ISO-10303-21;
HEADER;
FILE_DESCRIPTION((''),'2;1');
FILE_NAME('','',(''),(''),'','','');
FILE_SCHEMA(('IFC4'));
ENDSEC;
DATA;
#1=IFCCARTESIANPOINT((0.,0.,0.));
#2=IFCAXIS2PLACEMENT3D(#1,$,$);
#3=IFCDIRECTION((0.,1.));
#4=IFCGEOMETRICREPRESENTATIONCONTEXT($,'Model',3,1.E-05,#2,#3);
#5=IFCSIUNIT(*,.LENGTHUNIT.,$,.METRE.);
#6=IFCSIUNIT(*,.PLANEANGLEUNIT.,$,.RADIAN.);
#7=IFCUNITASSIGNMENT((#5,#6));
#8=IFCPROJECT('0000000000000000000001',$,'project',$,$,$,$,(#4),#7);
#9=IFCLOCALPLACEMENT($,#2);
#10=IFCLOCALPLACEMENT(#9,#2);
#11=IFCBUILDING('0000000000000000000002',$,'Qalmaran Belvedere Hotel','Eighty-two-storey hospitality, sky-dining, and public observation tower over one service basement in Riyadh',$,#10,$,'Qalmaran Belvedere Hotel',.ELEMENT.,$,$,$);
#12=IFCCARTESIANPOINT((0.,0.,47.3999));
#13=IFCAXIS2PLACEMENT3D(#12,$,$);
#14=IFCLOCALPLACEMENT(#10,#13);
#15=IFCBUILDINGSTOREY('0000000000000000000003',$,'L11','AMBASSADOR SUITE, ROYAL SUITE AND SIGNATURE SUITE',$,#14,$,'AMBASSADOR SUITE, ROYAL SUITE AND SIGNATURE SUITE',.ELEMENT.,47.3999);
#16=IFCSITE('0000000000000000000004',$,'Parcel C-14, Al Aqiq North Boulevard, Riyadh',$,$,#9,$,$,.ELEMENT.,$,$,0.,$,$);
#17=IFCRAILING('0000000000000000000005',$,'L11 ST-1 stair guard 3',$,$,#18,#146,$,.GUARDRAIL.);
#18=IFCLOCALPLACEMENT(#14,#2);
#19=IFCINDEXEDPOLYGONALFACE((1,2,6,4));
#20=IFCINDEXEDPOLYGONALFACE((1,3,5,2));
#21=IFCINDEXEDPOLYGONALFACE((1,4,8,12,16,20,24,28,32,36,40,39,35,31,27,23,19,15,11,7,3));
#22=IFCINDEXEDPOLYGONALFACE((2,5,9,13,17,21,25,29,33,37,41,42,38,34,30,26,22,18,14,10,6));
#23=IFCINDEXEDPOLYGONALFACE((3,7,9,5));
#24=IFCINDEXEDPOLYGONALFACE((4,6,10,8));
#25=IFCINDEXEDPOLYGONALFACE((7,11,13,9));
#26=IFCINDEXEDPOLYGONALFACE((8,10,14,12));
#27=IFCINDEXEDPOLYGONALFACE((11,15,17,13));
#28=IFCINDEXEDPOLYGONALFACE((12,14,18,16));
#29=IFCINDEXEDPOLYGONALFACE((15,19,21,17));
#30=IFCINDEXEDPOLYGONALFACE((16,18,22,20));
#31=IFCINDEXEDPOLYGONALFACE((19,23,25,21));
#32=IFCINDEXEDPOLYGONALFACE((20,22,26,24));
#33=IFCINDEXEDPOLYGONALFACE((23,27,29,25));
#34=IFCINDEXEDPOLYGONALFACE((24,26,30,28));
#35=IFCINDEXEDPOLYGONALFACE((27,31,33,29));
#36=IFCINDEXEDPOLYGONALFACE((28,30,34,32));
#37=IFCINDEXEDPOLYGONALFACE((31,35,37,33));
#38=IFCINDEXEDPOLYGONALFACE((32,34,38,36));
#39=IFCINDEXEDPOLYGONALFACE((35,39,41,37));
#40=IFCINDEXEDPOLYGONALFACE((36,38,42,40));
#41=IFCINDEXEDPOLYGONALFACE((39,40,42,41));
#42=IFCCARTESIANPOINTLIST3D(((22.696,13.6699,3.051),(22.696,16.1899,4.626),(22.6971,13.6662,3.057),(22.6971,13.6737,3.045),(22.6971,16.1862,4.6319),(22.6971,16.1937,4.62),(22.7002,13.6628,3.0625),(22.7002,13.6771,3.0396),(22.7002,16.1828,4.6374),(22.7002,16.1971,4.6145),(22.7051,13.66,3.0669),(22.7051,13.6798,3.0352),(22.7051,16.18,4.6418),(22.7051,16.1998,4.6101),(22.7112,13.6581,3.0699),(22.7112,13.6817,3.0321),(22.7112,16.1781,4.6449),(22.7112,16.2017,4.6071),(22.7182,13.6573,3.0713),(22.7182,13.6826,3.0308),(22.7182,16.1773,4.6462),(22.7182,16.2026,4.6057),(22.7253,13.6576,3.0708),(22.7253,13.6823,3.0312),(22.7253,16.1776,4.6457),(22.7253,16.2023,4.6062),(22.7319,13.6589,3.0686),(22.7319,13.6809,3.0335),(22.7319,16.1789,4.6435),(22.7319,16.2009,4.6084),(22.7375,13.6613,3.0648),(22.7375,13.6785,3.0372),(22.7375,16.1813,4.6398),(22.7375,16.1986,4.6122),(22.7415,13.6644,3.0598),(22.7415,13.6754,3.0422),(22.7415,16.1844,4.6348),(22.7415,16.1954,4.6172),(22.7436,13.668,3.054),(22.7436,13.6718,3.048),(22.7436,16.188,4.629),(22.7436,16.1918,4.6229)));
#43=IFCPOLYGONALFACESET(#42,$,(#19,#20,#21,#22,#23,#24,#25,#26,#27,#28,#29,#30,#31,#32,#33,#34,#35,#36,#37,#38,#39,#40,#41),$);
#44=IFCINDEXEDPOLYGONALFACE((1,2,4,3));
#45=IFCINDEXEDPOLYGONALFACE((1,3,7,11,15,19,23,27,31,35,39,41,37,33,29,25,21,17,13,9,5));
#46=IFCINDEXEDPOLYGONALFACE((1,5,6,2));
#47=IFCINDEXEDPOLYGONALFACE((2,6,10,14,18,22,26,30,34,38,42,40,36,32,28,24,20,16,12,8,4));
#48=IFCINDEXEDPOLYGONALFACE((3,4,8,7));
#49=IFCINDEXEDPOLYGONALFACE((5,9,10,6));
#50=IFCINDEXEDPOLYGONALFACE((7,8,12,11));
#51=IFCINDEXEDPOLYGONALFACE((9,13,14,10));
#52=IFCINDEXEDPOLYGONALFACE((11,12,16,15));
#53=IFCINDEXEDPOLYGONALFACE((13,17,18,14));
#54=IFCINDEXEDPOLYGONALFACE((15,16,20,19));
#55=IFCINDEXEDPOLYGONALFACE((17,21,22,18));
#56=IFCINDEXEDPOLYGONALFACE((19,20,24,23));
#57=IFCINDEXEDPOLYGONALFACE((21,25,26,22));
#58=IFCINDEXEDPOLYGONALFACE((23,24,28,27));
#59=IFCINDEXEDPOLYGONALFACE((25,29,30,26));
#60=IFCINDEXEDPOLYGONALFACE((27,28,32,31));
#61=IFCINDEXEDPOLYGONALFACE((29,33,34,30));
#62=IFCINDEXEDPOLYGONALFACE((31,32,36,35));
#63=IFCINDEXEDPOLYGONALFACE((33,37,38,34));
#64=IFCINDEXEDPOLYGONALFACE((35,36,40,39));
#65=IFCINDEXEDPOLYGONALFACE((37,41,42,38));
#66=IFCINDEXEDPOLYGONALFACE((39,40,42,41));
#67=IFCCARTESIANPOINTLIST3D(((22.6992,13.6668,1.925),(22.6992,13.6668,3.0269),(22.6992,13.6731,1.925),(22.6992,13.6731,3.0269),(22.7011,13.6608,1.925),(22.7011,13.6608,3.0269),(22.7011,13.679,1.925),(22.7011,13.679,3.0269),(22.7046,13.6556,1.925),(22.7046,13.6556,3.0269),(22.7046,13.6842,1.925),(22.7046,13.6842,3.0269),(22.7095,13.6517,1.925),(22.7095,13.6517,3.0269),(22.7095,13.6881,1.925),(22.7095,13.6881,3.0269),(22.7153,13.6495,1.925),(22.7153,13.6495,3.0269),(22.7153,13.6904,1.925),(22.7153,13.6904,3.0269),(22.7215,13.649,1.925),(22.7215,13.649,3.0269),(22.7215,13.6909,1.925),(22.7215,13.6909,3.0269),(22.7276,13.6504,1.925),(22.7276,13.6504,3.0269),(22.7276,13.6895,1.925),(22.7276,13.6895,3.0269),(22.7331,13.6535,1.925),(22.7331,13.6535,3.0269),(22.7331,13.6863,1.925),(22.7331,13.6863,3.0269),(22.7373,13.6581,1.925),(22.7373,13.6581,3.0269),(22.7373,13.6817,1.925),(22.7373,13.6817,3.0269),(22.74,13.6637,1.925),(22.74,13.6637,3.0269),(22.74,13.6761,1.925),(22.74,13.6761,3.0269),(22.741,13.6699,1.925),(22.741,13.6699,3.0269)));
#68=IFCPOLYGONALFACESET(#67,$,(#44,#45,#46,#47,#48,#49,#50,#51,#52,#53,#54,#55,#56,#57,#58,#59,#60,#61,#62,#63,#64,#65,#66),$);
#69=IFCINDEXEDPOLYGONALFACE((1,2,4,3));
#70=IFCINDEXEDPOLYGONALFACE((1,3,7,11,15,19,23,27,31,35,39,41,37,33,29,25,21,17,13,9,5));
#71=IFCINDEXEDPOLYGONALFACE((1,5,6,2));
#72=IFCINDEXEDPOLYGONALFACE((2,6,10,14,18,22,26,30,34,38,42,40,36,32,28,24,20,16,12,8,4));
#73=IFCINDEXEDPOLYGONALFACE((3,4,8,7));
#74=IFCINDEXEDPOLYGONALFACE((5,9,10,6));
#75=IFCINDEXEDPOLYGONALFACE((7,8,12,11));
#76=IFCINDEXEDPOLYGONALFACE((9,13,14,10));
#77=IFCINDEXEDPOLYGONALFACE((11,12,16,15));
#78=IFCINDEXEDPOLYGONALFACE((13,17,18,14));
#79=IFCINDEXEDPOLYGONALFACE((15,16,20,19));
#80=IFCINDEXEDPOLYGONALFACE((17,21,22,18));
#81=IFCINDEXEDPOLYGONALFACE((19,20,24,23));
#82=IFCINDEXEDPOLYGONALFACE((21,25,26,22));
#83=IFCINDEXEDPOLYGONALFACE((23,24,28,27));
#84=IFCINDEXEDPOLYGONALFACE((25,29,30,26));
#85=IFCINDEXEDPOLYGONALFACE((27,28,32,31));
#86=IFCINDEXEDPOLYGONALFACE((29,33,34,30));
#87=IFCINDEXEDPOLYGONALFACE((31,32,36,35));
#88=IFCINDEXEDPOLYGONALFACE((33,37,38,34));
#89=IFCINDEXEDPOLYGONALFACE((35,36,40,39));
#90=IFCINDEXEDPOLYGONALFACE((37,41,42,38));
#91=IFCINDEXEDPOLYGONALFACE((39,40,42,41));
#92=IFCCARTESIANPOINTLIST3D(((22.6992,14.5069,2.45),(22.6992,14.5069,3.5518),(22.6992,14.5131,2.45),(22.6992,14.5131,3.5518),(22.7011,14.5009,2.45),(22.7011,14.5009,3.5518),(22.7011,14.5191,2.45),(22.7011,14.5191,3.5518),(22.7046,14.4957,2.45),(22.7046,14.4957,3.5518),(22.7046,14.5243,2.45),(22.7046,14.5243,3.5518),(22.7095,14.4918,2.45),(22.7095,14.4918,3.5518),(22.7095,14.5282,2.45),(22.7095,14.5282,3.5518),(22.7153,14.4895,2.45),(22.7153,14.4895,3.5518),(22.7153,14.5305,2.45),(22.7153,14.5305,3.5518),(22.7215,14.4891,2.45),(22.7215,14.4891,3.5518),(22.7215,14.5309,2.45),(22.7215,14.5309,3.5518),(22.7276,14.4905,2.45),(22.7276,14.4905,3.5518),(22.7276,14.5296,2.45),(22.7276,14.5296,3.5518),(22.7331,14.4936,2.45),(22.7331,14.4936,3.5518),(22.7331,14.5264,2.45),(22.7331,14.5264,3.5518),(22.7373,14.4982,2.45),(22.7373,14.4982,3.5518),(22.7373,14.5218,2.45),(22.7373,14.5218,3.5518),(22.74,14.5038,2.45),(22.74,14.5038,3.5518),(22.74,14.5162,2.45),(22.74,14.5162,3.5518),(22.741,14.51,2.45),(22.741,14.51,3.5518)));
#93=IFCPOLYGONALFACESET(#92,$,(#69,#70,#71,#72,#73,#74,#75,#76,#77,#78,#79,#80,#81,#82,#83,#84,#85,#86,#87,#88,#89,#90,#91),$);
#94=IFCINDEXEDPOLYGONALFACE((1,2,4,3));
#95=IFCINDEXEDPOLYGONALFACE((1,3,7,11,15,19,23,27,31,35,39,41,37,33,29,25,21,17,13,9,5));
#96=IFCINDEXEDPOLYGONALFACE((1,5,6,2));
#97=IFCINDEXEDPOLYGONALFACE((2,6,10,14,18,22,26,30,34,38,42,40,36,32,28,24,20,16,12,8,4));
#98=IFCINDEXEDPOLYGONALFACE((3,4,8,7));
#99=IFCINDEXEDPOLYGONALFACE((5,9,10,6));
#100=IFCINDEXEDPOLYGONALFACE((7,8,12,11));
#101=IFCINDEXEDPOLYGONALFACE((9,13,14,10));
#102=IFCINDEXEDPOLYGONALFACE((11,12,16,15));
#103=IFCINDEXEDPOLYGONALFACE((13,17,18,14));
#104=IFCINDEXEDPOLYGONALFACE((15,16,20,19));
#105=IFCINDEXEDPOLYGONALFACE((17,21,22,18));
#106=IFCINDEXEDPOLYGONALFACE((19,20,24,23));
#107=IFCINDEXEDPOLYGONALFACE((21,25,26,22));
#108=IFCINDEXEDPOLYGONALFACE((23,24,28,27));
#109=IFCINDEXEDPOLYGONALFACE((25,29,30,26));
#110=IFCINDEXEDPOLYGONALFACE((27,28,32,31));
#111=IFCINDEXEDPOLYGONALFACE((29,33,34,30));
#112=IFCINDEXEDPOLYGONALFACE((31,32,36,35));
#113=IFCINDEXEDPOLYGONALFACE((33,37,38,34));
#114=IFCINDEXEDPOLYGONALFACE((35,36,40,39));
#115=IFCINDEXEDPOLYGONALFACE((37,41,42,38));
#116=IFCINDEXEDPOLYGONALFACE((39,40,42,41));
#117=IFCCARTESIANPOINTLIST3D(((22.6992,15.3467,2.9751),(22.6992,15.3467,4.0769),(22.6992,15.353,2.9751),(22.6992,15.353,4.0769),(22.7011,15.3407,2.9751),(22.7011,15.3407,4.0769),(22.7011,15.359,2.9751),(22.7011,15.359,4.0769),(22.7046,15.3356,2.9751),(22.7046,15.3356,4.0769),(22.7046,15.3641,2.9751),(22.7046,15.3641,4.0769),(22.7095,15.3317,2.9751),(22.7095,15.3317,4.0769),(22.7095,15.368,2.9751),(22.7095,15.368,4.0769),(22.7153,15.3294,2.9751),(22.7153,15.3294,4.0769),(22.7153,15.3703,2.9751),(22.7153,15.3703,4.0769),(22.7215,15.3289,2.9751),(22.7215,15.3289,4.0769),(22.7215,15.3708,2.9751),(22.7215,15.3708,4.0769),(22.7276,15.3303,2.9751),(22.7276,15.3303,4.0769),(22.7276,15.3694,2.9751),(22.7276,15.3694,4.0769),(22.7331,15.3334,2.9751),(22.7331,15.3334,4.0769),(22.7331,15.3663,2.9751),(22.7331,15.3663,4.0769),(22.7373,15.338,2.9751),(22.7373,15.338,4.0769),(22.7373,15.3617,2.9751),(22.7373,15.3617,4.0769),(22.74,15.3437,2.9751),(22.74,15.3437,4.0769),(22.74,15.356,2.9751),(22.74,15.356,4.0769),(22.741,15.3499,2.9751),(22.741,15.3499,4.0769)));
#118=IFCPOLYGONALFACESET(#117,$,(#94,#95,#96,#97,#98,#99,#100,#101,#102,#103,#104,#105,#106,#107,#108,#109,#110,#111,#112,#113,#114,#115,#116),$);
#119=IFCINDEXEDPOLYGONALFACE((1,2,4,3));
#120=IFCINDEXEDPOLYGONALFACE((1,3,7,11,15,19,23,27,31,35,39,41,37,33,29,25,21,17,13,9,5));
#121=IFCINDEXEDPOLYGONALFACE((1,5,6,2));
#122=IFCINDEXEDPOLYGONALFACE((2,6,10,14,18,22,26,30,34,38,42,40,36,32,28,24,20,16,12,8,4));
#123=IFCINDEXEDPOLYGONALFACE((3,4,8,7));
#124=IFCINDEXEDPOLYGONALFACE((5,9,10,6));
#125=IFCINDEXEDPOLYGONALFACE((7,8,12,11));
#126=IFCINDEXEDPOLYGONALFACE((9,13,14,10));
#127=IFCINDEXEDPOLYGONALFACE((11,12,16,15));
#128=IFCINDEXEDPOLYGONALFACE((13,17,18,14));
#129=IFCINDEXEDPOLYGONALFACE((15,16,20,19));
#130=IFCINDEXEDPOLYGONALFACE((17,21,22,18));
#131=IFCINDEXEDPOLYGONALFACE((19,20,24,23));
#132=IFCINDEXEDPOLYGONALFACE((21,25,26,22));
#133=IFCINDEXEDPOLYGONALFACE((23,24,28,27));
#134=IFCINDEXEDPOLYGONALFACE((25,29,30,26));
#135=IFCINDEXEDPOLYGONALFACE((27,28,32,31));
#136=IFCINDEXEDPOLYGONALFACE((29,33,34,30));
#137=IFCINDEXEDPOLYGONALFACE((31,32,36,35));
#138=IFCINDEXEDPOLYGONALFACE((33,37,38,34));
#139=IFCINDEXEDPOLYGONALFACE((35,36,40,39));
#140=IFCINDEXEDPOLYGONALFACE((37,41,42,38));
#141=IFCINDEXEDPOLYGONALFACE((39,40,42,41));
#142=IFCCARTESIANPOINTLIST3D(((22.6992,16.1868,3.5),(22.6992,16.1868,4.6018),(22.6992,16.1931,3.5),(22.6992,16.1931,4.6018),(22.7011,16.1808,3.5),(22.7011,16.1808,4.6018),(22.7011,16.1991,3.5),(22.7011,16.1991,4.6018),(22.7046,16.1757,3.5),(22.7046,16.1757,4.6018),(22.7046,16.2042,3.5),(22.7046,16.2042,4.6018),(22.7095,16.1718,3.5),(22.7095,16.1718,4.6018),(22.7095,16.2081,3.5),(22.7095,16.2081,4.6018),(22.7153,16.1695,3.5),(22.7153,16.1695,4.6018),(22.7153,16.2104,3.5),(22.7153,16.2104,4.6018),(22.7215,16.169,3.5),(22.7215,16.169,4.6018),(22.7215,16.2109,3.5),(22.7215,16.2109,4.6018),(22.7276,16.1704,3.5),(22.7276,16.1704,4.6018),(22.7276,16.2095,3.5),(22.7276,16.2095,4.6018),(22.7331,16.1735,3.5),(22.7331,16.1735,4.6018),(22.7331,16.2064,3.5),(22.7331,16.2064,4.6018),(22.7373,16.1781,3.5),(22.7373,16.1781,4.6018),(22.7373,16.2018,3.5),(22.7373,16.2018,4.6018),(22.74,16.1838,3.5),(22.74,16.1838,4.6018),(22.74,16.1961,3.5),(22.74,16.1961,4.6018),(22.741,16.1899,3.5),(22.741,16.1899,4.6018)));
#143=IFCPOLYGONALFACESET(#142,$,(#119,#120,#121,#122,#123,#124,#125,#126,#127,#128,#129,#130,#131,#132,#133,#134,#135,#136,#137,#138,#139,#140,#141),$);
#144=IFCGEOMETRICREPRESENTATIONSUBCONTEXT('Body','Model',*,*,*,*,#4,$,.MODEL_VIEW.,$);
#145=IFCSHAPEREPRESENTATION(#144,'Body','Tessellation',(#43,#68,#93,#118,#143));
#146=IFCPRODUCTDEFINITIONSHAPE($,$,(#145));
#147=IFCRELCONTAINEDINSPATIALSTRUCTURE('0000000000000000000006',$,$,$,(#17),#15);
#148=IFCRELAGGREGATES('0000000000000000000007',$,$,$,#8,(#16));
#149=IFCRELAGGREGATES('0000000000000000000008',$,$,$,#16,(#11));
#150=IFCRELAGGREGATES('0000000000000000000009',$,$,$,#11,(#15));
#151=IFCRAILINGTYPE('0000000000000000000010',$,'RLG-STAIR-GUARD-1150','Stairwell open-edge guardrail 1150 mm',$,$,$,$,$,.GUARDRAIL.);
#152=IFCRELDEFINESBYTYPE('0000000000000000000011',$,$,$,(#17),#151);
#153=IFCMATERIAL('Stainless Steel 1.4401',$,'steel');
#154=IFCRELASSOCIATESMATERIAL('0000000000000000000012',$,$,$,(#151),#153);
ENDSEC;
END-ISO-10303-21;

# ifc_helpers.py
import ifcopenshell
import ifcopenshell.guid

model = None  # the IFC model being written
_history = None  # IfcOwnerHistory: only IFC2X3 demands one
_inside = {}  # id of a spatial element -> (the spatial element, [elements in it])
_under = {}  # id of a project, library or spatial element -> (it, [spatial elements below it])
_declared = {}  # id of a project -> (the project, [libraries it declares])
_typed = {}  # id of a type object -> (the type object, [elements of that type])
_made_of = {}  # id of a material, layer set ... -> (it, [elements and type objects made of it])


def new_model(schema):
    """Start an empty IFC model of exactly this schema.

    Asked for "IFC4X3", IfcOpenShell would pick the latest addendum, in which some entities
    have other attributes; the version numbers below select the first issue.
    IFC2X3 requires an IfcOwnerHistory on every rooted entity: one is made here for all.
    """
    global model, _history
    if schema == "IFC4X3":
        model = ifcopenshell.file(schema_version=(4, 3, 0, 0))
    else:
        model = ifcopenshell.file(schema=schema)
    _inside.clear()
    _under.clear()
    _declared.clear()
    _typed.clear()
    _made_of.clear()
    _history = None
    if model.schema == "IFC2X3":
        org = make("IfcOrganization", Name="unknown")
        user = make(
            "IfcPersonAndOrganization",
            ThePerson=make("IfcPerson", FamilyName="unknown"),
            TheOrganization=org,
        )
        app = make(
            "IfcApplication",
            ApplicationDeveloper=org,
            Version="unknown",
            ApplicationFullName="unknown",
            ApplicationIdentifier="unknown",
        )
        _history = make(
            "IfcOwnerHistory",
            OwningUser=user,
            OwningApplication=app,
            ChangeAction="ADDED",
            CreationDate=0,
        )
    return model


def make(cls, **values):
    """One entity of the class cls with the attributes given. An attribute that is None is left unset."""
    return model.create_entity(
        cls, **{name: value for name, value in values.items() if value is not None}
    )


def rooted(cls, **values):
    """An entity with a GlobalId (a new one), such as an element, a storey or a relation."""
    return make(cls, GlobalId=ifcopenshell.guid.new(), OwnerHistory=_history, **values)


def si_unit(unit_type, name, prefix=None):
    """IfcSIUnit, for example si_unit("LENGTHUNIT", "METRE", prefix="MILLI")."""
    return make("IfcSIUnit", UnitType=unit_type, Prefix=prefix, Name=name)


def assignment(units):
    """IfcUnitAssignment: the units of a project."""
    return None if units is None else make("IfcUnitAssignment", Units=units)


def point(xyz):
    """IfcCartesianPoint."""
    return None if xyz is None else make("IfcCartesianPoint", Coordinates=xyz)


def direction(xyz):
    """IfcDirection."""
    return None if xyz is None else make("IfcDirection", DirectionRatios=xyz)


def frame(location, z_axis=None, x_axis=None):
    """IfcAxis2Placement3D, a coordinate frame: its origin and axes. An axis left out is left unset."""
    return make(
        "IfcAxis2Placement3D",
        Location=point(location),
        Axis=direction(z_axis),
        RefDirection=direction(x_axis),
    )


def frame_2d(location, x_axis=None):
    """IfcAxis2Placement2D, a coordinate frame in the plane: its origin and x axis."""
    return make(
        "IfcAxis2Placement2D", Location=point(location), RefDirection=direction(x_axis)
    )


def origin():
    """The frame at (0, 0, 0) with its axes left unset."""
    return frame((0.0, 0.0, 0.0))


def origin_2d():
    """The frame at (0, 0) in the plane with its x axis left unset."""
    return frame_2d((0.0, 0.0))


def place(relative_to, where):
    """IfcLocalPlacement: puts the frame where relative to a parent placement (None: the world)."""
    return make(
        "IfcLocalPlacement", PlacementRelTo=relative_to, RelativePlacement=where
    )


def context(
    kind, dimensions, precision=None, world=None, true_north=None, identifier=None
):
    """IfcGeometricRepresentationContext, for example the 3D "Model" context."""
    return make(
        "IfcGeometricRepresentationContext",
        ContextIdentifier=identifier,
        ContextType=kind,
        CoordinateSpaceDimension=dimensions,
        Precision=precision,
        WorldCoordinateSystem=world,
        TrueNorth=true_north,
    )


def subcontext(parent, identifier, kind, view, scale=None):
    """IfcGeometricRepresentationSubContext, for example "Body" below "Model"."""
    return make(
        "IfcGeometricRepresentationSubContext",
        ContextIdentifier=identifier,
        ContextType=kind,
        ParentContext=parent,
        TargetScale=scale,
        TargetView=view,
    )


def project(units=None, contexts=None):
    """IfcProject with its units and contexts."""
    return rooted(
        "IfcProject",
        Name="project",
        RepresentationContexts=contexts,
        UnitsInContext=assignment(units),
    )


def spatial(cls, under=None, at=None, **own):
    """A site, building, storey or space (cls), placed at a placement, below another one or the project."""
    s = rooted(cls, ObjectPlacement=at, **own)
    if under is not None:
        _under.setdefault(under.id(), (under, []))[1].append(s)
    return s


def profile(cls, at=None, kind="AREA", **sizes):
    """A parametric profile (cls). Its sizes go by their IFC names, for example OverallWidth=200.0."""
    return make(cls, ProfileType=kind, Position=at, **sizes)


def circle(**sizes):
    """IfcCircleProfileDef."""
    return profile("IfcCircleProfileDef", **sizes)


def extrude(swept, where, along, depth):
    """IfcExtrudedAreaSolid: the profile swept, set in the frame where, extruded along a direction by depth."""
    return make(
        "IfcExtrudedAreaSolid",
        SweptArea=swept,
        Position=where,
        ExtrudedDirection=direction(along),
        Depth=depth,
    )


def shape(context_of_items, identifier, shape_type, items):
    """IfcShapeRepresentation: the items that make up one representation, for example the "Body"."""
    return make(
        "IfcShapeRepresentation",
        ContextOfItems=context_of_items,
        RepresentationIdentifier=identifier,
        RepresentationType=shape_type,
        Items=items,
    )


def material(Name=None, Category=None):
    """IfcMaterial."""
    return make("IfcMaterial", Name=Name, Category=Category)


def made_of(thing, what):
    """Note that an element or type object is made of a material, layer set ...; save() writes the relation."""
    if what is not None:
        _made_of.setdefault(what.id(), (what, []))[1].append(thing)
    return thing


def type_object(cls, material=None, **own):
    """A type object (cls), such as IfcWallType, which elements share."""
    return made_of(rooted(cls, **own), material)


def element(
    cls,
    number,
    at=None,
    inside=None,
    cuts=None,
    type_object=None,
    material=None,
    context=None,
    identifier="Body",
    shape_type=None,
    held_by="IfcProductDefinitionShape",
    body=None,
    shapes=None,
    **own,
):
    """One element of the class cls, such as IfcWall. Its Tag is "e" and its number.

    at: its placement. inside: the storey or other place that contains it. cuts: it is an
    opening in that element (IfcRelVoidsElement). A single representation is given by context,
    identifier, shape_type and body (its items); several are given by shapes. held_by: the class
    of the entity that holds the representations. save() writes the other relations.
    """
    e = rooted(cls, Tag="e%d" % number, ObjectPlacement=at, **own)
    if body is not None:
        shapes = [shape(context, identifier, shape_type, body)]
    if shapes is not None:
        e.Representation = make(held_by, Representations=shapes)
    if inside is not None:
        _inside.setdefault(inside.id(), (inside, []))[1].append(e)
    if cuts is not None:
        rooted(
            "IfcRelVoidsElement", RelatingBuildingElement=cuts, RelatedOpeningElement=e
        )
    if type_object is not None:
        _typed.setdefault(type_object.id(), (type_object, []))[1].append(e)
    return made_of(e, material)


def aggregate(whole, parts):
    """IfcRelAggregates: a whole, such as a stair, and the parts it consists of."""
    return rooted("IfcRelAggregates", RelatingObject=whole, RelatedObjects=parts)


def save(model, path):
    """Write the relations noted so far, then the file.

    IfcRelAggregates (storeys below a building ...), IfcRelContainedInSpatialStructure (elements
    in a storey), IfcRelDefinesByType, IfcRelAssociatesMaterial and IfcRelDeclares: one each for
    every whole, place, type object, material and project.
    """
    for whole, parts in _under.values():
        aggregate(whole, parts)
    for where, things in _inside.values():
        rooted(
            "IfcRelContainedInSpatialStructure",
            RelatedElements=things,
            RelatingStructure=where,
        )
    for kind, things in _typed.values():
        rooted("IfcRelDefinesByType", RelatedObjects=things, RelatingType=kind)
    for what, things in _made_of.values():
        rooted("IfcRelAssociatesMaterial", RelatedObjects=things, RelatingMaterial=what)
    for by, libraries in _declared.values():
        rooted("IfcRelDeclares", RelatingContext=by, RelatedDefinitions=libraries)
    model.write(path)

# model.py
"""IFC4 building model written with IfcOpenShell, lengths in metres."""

from ifc_helpers import new_model, si_unit, direction, frame, origin, origin_2d, place, context, subcontext, project, spatial, circle, extrude, material, type_object, element, save


model = new_model("IFC4")

# Units and contexts
model_context = context("Model", 3, precision=1e-05, world=origin(), true_north=direction((0.0, 1.0)))
body_context = subcontext(model_context, "Body", "Model", "MODEL_VIEW")
ifc_project = project(units=[si_unit("LENGTHUNIT", "METRE"), si_unit("PLANEANGLEUNIT", "RADIAN")], contexts=[model_context])

# Site, building, storey
site_placement = place(None, origin())
site = spatial("IfcSite", under=ifc_project, at=site_placement, Name="Parcel C-14, Al Aqiq North Boulevard, Riyadh", CompositionType="ELEMENT", RefElevation=0.0)
building_placement = place(site_placement, origin())
building = spatial("IfcBuilding", under=site, at=building_placement, Name="Qalmaran Belvedere Hotel", Description="Eighty-two-storey hospitality, sky-dining, and public observation tower over one service basement in Riyadh", LongName="Qalmaran Belvedere Hotel", CompositionType="ELEMENT")
storey_placement = place(building_placement, frame((0.0, 0.0, 47.3999)))
storey = spatial("IfcBuildingStorey", under=building, at=storey_placement, Name="L11", Description="AMBASSADOR SUITE, ROYAL SUITE AND SIGNATURE SUITE", LongName="AMBASSADOR SUITE, ROYAL SUITE AND SIGNATURE SUITE", CompositionType="ELEMENT", Elevation=47.3999)

# Railing
ifc_material_1 = material(Name="Stainless Steel 1.4401", Category="steel")
railing_type_1 = type_object("IfcRailingType", Name="RLG-STAIR-GUARD-1150", Description="Stairwell open-edge guardrail 1150 mm", PredefinedType="GUARDRAIL", material=ifc_material_1)
railing_1_placement = place(storey_placement, frame((22.72, 13.6699, 1.925)))
element("IfcRailing", 1, at=railing_1_placement, inside=storey, type_object=railing_type_1, Name="L11 ST-1 stair guard 3", PredefinedType="GUARDRAIL", context=body_context, shape_type="SweptSolid", body=[
    extrude(circle(Radius=0.0239, at=origin_2d()), frame((0.0, 0.0, 1.126), z_axis=(0.0, 0.848008, 0.529984), x_axis=(-1.0, 0.0, 0.0)), (0.0, 0.0, 1.0), 2.9717),
    extrude(circle(Radius=0.021, at=origin_2d()), origin(), (0.0, 0.0, 1.0), 1.1018),
    extrude(circle(Radius=0.021, at=origin_2d()), frame((0.0, 0.8401, 0.5249)), (0.0, 0.0, 1.0), 1.1018),
    extrude(circle(Radius=0.021, at=origin_2d()), frame((0.0, 1.6799, 1.05)), (0.0, 0.0, 1.0), 1.1018),
    extrude(circle(Radius=0.021, at=origin_2d()), frame((0.0, 2.52, 1.575)), (0.0, 0.0, 1.0), 1.1018),
])

save(model, "model.ifc")
